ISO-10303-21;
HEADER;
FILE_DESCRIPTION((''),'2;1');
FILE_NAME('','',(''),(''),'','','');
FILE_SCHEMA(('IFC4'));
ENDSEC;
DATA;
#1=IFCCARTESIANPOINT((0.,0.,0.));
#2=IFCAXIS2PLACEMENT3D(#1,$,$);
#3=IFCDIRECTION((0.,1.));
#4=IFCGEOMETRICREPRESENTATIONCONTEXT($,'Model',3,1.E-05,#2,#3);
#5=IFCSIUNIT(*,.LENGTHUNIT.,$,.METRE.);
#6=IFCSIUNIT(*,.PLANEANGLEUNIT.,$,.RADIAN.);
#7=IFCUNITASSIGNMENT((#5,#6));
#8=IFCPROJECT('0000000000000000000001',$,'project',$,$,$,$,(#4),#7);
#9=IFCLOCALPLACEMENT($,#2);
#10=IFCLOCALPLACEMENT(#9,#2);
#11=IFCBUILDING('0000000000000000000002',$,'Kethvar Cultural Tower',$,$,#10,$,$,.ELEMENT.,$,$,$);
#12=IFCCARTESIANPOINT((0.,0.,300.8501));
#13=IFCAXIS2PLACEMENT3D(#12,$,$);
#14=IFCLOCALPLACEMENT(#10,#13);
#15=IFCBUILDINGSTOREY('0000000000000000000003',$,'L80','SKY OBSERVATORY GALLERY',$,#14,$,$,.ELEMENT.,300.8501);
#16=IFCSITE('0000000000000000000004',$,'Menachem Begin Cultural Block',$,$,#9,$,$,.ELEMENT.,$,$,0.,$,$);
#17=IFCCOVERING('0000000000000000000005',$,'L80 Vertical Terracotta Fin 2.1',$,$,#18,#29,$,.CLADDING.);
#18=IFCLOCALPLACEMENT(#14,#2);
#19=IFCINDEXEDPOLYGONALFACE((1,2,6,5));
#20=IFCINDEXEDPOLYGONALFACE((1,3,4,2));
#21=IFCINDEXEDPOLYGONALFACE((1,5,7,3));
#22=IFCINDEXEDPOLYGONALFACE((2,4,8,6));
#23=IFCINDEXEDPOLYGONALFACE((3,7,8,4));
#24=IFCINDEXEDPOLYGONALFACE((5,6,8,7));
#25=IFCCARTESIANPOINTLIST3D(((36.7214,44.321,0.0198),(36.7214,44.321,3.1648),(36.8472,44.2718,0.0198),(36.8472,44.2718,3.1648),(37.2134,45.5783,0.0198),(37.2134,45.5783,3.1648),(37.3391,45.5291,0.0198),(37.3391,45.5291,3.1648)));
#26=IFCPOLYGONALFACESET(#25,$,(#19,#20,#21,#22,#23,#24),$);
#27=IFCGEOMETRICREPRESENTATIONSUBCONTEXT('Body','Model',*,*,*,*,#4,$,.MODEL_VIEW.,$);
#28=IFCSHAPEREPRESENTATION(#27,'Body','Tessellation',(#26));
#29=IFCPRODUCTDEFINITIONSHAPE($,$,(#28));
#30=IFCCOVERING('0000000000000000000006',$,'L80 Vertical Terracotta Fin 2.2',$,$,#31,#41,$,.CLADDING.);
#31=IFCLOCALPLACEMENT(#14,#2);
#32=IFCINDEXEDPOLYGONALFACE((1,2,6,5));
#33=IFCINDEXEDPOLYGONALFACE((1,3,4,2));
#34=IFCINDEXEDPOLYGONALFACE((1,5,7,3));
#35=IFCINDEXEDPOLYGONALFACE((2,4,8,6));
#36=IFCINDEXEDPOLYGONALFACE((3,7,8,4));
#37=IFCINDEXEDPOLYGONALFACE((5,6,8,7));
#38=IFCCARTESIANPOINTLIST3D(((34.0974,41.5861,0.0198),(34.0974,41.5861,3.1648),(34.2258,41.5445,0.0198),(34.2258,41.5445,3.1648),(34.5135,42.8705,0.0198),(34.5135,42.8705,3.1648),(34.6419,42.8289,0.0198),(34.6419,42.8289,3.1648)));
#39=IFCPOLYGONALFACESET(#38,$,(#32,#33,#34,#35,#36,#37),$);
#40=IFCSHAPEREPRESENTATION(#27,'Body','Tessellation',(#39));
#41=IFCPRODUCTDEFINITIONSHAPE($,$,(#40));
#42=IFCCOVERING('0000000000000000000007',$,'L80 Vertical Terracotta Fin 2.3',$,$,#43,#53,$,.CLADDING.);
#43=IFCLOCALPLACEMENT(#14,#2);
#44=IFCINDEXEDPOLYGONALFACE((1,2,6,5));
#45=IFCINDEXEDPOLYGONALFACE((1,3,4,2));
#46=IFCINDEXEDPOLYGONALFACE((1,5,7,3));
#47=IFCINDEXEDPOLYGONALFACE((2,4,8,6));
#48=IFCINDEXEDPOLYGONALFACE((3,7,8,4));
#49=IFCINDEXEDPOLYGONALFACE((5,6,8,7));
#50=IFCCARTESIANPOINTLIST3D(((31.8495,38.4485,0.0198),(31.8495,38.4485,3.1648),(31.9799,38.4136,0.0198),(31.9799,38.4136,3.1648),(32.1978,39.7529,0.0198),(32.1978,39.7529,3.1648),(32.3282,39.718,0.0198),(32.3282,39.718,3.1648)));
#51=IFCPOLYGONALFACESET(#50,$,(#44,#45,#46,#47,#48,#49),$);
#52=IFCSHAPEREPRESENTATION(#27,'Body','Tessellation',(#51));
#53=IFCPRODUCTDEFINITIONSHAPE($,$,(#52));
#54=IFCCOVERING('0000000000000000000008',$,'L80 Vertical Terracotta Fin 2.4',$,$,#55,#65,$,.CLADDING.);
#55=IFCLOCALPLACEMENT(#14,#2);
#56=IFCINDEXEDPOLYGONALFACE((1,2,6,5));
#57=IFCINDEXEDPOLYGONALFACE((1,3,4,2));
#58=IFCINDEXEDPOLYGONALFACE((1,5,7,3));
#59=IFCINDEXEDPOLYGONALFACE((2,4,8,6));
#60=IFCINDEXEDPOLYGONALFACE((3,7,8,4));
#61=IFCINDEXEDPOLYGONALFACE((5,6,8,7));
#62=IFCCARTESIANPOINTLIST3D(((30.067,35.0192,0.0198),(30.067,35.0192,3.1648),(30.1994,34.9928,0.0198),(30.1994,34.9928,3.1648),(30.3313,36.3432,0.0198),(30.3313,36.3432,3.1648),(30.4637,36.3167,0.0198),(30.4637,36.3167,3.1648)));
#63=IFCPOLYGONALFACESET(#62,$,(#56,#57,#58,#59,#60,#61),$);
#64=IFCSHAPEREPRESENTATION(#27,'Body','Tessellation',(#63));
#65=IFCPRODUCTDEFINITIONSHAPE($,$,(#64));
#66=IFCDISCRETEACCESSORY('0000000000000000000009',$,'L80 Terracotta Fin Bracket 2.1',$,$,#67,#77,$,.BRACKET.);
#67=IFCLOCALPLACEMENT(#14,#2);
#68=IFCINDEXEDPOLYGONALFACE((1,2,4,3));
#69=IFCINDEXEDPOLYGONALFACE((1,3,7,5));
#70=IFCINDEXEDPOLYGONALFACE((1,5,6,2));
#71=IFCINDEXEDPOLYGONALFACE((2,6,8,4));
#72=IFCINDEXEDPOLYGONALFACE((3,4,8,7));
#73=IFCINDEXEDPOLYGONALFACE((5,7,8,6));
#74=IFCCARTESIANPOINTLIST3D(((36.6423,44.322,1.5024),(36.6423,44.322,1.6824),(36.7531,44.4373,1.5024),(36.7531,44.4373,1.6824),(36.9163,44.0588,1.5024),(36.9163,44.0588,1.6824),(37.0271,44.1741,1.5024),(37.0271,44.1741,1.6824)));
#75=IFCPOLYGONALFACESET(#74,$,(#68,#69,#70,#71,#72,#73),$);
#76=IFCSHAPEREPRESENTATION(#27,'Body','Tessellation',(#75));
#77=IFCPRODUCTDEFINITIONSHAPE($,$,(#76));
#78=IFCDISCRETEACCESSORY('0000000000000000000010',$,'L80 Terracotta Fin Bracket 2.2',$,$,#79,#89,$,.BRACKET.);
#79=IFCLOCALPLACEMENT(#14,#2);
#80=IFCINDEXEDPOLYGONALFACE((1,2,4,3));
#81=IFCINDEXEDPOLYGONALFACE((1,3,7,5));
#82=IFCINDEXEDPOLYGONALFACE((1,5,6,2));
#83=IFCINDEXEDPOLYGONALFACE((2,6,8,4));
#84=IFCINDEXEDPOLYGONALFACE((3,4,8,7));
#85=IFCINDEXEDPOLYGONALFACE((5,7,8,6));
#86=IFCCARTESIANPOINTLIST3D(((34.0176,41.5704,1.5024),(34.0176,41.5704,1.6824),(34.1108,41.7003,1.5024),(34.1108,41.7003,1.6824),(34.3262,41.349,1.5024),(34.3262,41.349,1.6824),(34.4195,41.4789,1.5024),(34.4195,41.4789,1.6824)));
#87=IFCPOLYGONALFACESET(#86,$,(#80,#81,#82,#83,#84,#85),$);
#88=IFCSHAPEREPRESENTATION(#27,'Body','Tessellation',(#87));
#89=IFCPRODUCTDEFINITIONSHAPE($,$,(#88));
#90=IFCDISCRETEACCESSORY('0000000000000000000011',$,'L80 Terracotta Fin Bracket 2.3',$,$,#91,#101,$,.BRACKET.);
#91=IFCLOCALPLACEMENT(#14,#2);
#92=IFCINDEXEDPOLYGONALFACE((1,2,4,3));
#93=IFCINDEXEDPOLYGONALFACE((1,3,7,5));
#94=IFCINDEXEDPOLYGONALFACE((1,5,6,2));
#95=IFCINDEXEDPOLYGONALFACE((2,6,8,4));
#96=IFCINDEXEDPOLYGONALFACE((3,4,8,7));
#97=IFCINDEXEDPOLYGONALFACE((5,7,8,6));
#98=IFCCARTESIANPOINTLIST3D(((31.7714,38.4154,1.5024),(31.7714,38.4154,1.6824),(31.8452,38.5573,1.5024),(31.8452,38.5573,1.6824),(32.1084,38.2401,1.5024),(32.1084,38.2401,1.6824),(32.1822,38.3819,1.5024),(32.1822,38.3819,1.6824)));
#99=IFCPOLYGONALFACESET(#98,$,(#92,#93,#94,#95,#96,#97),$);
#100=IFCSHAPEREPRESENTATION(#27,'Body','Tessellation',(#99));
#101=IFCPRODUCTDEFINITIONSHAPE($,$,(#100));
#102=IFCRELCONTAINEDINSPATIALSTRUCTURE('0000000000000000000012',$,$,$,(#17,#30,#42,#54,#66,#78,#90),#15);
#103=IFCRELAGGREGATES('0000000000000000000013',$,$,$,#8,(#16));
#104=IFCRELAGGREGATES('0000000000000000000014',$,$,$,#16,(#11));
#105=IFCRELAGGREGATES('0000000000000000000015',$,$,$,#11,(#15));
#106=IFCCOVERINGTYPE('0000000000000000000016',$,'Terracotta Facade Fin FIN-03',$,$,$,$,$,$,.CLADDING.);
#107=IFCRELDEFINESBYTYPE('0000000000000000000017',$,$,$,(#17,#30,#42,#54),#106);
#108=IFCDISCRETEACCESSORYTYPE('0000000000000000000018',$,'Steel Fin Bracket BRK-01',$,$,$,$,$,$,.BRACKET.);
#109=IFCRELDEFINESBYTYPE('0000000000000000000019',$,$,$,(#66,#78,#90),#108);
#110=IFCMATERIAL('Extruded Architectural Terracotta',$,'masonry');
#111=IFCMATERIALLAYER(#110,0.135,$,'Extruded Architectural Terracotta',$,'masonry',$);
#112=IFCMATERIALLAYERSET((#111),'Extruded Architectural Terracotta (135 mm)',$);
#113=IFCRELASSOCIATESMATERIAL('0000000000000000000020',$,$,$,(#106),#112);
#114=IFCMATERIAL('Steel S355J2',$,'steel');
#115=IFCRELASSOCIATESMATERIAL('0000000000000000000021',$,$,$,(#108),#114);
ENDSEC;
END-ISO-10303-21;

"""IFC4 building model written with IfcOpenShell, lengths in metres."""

from ifc_helpers import new_model, si_unit, direction, frame, origin, origin_2d, place, context, subcontext, project, spatial, rectangle, extrude, source, transform, mapped, material, layer, layer_set, type_object, element, save


model = new_model("IFC4")

# Units and contexts
model_context = context("Model", 3, precision=1e-05, world=origin(), true_north=direction((0.0, 1.0)))
body_context = subcontext(model_context, "Body", "Model", "MODEL_VIEW")
ifc_project = project(units=[si_unit("LENGTHUNIT", "METRE"), si_unit("PLANEANGLEUNIT", "RADIAN")], contexts=[model_context])

# Site, building, storey
site_placement = place(None, origin())
site = spatial("IfcSite", under=ifc_project, at=site_placement, Name="Menachem Begin Cultural Block", CompositionType="ELEMENT", RefElevation=0.0)
building_placement = place(site_placement, origin())
building = spatial("IfcBuilding", under=site, at=building_placement, Name="Kethvar Cultural Tower", CompositionType="ELEMENT")
storey_placement = place(building_placement, frame((0.0, 0.0, 300.8501)))
storey = spatial("IfcBuildingStorey", under=building, at=storey_placement, Name="L80", Description="SKY OBSERVATORY GALLERY", CompositionType="ELEMENT", Elevation=300.8501)

# Shared definitions
ifc_material_1 = material(Name="Steel S355J2", Category="steel")

# Coverings
ifc_material_2 = material(Name="Extruded Architectural Terracotta", Category="masonry")
ifc_layer_1 = layer(ifc_material_2, 0.135, Name="Extruded Architectural Terracotta", Category="masonry")
ifc_layer_set_1 = layer_set([ifc_layer_1], Name="Extruded Architectural Terracotta (135 mm)")
covering_type = type_object("IfcCoveringType", Name="Terracotta Facade Fin FIN-03", PredefinedType="CLADDING", material=ifc_layer_set_1)
shared_shape_1 = source(origin(), body_context, "Body", "SweptSolid", [
    extrude(rectangle(XDim=1.3501, YDim=0.135, at=origin_2d()), origin(), (0.0, 0.0, 1.0), 3.145),
])
for number, where, z_axis, x_axis, name in (
    (1, (37.0303, 44.925, 0.0198), (0.0, 0.0, 1.0), (0.364389, 0.931247, 0.0), "L80 Vertical Terracotta Fin 2.1"),
    (2, (34.3696, 42.2075, 0.0198), (0.0, 0.0, 1.0), (0.308187, 0.951326, 0.0), "L80 Vertical Terracotta Fin 2.2"),
    (3, (32.0889, 39.0833, 0.0198), (0.0, 0.0, 1.0), (0.257976, 0.966151, 0.0), "L80 Vertical Terracotta Fin 2.3"),
    (4, (30.2654, 35.668, 0.0198), (0.0, 0.0, 1.0), (0.195775, 0.980649, 0.0), "L80 Vertical Terracotta Fin 2.4"),
):
    element("IfcCovering", number, at=place(storey_placement, frame(where, z_axis=z_axis, x_axis=x_axis)), inside=storey, type_object=covering_type, Name=name, PredefinedType="CLADDING", context=body_context, shape_type="MappedRepresentation", body=[
        mapped(shared_shape_1, transform((0.0, 0.0, 0.0), scale=1.0)),
    ])

# Discrete accessories
discrete_accessory_type = type_object("IfcDiscreteAccessoryType", Name="Steel Fin Bracket BRK-01", PredefinedType="BRACKET", material=ifc_material_1)
shared_shape_2 = source(origin(), body_context, "Body", "SweptSolid", [
    extrude(rectangle(XDim=0.3799, YDim=0.1599, at=origin_2d()), origin(), (0.0, 0.0, 1.0), 0.1799),
])
for number, where, z_axis, x_axis, name in (
    (5, (36.8347, 44.248, 1.5024), (0.0, 0.0, 1.0), (-0.721156, 0.692773, 0.0), "L80 Terracotta Fin Bracket 2.1"),
    (6, (34.2185, 41.5247, 1.5024), (0.0, 0.0, 1.0), (-0.812592, 0.582832, 0.0), "L80 Terracotta Fin Bracket 2.2"),
    (7, (31.9768, 38.3987, 1.5024), (0.0, 0.0, 1.0), (-0.887091, 0.461594, 0.0), "L80 Terracotta Fin Bracket 2.3"),
):
    element("IfcDiscreteAccessory", number, at=place(storey_placement, frame(where, z_axis=z_axis, x_axis=x_axis)), inside=storey, type_object=discrete_accessory_type, Name=name, PredefinedType="BRACKET", context=body_context, shape_type="MappedRepresentation", body=[
        mapped(shared_shape_2, transform((0.0, 0.0, 0.0), scale=1.0)),
    ])

save(model, "model.ifc")
